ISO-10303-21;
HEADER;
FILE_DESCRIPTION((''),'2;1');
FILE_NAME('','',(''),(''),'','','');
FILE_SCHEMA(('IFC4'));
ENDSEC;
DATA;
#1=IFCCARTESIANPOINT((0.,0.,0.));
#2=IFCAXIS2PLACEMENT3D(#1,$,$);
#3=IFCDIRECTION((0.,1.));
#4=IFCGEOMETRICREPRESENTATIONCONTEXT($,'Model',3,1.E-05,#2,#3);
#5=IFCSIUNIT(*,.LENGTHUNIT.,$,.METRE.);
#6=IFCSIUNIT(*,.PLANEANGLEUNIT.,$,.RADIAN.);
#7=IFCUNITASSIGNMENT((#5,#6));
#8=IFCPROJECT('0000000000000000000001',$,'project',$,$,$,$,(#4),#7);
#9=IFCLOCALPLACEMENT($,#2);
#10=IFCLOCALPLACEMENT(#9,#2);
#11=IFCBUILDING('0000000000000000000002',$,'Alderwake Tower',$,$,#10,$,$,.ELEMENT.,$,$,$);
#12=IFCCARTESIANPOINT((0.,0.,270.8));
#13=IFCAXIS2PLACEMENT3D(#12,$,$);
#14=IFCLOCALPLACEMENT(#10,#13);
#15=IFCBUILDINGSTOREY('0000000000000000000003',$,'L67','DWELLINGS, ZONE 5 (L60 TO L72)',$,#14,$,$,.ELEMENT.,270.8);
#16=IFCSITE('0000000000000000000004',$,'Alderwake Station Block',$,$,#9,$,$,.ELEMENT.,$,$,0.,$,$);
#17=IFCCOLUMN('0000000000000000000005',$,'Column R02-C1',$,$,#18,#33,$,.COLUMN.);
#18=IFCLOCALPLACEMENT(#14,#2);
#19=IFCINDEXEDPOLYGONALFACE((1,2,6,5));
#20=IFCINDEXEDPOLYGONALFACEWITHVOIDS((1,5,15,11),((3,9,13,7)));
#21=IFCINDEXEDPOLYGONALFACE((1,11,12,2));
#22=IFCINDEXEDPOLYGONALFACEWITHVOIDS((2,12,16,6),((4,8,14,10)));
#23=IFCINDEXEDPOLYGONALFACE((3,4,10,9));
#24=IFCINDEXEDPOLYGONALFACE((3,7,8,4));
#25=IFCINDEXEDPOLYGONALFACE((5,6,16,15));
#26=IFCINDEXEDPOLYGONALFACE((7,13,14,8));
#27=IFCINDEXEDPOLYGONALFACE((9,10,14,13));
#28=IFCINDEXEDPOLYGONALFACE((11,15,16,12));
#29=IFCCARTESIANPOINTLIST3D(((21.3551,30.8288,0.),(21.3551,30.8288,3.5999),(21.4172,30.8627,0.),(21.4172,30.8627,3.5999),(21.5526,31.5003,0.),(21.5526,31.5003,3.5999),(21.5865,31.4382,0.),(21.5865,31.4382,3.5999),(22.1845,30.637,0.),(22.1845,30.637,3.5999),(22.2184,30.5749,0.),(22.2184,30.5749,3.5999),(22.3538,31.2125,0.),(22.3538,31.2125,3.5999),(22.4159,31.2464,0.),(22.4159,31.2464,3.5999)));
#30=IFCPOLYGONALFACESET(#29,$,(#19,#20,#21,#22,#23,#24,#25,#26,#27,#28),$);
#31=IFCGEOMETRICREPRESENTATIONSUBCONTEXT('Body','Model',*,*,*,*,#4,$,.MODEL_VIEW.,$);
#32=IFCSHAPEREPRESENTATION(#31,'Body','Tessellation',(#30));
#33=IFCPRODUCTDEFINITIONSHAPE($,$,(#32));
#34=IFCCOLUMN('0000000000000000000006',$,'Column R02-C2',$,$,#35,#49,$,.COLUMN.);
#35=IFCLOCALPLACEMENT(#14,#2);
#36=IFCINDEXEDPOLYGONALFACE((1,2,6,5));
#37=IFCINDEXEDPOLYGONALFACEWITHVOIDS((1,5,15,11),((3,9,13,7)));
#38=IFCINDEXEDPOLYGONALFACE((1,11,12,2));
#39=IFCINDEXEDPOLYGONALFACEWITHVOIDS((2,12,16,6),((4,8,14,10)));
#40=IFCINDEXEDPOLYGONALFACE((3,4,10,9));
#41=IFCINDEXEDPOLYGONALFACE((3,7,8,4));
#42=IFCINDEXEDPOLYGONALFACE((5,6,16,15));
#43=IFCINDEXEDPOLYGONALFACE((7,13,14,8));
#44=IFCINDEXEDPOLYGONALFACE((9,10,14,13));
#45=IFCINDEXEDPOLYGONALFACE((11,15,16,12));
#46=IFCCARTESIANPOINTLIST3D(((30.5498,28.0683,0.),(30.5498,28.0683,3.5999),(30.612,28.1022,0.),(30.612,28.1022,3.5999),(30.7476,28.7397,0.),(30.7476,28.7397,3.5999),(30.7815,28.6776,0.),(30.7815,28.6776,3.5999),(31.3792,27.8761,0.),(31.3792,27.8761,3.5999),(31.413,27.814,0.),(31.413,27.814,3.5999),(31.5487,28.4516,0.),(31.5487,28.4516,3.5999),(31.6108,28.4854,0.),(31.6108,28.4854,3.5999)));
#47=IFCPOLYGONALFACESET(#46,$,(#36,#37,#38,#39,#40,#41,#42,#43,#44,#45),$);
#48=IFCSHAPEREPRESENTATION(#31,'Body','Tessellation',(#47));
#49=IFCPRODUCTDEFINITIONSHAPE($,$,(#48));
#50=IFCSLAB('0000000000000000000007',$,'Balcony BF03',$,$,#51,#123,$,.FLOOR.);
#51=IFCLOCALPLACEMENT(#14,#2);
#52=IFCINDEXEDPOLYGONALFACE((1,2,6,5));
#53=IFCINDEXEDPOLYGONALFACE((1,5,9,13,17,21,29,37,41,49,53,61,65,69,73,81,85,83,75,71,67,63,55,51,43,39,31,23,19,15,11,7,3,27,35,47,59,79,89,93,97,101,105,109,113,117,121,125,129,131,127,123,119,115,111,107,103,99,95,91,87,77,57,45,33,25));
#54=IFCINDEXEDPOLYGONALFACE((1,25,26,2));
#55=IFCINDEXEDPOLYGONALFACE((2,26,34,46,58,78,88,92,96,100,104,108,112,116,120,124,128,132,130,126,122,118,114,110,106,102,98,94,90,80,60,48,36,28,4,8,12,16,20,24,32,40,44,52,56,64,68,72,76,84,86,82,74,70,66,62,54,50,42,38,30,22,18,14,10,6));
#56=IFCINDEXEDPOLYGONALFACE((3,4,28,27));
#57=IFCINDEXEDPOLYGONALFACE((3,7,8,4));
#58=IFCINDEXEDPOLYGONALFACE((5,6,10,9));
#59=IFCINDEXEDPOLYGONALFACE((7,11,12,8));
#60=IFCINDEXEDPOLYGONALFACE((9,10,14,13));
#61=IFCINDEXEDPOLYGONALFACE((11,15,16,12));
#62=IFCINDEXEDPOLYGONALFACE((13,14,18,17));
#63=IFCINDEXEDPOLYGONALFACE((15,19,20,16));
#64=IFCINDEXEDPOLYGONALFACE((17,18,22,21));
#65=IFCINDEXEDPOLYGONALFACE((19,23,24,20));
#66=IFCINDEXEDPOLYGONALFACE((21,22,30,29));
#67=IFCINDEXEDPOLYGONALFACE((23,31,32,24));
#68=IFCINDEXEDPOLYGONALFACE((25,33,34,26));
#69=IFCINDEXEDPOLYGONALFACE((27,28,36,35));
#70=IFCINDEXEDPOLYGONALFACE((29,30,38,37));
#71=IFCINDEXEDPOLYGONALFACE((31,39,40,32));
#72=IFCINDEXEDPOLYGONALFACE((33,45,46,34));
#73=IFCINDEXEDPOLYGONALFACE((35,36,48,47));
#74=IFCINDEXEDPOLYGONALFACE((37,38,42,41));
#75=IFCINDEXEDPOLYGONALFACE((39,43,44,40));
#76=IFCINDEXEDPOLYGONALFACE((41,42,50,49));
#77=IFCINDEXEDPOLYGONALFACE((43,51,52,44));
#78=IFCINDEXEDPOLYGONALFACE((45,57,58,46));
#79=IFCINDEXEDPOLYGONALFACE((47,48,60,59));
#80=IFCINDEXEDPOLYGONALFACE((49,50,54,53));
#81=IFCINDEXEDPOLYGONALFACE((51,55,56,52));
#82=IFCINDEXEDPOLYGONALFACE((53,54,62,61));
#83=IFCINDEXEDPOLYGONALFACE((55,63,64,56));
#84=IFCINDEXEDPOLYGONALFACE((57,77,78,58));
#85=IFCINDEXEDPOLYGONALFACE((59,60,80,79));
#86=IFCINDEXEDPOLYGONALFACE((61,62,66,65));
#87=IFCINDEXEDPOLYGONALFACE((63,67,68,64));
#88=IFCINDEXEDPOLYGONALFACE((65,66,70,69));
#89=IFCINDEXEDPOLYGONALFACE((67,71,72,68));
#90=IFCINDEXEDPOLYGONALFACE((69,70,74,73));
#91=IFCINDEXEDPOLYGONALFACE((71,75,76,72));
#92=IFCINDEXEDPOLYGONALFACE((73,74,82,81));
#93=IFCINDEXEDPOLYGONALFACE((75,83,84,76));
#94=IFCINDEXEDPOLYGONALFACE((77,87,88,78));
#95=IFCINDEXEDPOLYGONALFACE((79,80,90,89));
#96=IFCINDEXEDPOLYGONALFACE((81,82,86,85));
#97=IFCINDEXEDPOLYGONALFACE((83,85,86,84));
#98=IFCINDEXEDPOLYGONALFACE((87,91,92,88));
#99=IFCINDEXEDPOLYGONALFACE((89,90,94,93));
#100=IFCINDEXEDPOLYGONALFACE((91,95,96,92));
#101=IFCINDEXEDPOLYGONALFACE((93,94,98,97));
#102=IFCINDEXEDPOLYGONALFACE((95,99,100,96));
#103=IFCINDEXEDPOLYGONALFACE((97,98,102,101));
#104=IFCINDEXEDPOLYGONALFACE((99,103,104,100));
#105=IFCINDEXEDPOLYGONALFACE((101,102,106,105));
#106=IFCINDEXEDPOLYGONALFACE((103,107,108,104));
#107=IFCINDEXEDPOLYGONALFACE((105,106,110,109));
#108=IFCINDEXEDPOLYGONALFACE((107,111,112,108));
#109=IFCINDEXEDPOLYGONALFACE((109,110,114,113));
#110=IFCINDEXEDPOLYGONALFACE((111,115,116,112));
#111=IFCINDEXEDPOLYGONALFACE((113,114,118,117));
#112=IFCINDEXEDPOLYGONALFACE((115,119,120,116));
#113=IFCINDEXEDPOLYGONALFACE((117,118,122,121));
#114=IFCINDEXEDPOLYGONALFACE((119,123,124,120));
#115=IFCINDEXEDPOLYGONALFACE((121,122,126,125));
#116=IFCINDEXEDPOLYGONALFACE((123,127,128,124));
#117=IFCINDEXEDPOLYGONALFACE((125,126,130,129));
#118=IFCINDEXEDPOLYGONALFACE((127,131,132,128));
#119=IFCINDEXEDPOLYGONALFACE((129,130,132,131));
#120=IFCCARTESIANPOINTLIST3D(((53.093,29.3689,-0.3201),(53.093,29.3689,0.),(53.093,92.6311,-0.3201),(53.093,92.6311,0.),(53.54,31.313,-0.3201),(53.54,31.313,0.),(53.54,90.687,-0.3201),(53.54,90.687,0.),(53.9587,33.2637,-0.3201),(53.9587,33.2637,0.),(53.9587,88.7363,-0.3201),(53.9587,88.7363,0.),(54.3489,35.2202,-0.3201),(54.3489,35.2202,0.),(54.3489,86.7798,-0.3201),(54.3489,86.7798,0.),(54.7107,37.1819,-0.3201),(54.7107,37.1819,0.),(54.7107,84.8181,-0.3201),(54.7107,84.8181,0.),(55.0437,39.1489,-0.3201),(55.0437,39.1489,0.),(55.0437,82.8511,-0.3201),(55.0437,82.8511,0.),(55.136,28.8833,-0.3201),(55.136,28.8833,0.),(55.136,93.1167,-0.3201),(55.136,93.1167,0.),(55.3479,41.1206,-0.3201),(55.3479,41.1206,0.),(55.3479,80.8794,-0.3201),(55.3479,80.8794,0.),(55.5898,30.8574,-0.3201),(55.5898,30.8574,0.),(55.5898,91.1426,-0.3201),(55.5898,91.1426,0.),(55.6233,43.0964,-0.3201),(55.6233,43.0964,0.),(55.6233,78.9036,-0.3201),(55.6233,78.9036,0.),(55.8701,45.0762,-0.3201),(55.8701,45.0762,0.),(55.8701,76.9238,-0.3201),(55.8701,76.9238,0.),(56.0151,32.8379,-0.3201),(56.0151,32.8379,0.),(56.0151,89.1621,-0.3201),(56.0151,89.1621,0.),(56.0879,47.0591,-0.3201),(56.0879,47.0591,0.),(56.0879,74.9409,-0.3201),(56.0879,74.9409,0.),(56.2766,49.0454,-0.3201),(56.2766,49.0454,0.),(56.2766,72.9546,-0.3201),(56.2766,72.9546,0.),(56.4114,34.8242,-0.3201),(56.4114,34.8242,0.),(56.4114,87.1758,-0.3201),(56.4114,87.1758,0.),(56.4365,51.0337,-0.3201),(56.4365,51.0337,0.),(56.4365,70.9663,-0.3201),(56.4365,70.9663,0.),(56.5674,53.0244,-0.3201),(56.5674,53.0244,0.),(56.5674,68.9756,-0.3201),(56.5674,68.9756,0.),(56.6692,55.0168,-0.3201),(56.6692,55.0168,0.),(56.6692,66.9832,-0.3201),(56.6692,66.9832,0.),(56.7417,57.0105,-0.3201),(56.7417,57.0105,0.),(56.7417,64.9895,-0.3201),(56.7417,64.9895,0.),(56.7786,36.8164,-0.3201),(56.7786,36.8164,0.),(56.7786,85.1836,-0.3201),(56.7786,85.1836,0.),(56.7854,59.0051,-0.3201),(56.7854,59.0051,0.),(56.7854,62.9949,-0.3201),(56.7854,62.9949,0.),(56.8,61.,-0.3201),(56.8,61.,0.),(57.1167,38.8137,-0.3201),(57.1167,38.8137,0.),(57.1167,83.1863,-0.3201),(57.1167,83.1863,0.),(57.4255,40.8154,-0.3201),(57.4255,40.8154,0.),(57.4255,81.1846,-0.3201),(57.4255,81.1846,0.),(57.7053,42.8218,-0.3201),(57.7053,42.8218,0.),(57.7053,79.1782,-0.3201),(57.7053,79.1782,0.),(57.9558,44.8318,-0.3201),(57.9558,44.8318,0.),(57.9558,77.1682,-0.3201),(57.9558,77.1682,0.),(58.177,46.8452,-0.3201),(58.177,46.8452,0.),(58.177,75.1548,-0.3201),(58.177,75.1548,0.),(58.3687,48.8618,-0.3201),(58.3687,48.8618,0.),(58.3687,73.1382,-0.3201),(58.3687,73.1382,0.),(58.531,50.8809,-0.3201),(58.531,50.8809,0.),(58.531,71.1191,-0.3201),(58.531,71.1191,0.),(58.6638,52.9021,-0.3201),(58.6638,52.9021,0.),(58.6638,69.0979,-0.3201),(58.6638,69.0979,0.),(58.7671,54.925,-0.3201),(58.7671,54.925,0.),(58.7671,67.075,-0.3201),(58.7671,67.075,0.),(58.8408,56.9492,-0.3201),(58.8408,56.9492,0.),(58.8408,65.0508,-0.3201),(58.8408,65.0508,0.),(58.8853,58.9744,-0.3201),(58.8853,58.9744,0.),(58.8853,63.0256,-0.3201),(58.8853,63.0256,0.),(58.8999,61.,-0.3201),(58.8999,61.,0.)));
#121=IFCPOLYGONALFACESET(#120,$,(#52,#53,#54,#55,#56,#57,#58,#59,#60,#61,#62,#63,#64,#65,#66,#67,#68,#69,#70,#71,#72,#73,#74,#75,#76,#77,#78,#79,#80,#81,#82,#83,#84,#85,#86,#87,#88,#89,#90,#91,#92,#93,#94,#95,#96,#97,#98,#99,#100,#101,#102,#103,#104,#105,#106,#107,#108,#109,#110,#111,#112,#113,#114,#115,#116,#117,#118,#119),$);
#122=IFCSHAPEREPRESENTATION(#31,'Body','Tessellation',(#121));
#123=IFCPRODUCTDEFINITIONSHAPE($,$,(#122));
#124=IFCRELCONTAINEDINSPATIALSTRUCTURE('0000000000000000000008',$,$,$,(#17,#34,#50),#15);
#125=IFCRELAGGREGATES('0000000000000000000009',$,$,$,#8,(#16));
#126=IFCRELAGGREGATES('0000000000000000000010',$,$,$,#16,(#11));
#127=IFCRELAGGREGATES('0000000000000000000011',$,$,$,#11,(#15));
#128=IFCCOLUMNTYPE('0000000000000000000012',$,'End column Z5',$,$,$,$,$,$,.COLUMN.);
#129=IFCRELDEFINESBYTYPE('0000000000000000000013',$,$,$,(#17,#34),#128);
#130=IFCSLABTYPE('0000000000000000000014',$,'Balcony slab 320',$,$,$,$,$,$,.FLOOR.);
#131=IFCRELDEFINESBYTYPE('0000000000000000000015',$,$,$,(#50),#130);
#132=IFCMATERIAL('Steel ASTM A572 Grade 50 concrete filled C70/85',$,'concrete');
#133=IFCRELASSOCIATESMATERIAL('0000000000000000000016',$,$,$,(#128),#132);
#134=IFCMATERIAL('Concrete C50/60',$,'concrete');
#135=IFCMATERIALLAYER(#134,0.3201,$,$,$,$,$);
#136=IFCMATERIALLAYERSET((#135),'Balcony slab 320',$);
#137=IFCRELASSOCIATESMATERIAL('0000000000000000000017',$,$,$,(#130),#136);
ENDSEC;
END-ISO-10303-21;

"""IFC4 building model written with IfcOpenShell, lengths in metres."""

from ifc_helpers import new_model, si_unit, direction, frame, origin, origin_2d, place, context, subcontext, project, spatial, polyline, hollow_rectangle, outline, extrude, material, layer, layer_set, material_profile, profile_set, type_object, element, save


model = new_model("IFC4")

# Units and contexts
model_context = context("Model", 3, precision=1e-05, world=origin(), true_north=direction((0.0, 1.0)))
body_context = subcontext(model_context, "Body", "Model", "MODEL_VIEW")
ifc_project = project(units=[si_unit("LENGTHUNIT", "METRE"), si_unit("PLANEANGLEUNIT", "RADIAN")], contexts=[model_context])

# Site, building, storey
site_placement = place(None, origin())
site = spatial("IfcSite", under=ifc_project, at=site_placement, Name="Alderwake Station Block", CompositionType="ELEMENT", RefElevation=0.0)
building_placement = place(site_placement, origin())
building = spatial("IfcBuilding", under=site, at=building_placement, Name="Alderwake Tower", CompositionType="ELEMENT")
storey_placement = place(building_placement, frame((0.0, 0.0, 270.8)))
storey = spatial("IfcBuildingStorey", under=building, at=storey_placement, Name="L67", Description="DWELLINGS, ZONE 5 (L60 TO L72)", CompositionType="ELEMENT", Elevation=270.8)

# Columns
ifc_material_1 = material(Name="Steel ASTM A572 Grade 50 concrete filled C70/85", Category="concrete")
ifc_material_profile = material_profile(ifc_material_1, hollow_rectangle(XDim=0.7, YDim=0.8999, WallThickness=0.05, at=origin_2d()), Name="BOX 900X700X50")
ifc_profile_set = profile_set([ifc_material_profile], Name="Steel ASTM A572 Grade 50 concrete filled C70/85")
column_type = type_object("IfcColumnType", Name="End column Z5", PredefinedType="COLUMN", material=ifc_profile_set)
for number, where, z_axis, x_axis, name in (
    (1, (21.8855, 31.0376, 0.0), (0.0, 0.0, 1.0), (0.282132, 0.959376, 0.0), "Column R02-C1"),
    (2, (31.0803, 28.2769, 0.0), (0.0, 0.0, 1.0), (0.282583, 0.959243, 0.0), "Column R02-C2"),
):
    element("IfcColumn", number, at=place(storey_placement, frame(where, z_axis=z_axis, x_axis=x_axis)), inside=storey, type_object=column_type, Name=name, PredefinedType="COLUMN", context=body_context, shape_type="SweptSolid", body=[
        extrude(hollow_rectangle(XDim=0.7, YDim=0.8999, WallThickness=0.05, at=origin_2d()), origin(), (0.0, 0.0, 1.0), 3.5999),
    ])

# Slab
ifc_material_2 = material(Name="Concrete C50/60", Category="concrete")
ifc_layer_1 = layer(ifc_material_2, 0.3201)
ifc_layer_set_1 = layer_set([ifc_layer_1], Name="Balcony slab 320")
slab_type_1 = type_object("IfcSlabType", Name="Balcony slab 320", PredefinedType="FLOOR", material=ifc_layer_set_1)
slab_1_placement = place(storey_placement, frame((0.0, 0.0, -0.3201)))
element("IfcSlab", 3, at=slab_1_placement, inside=storey, type_object=slab_type_1, Name="Balcony BF03", PredefinedType="FLOOR", context=body_context, shape_type="SweptSolid", body=[
    extrude(outline(polyline([(55.136, 28.8833), (55.5898, 30.8574), (56.0151, 32.8379), (56.4114, 34.8242), (56.7786, 36.8164), (57.1167, 38.8137), (57.4255, 40.8154), (57.7053, 42.8218), (57.9558, 44.8318), (58.177, 46.8452), (58.3687, 48.8618), (58.531, 50.8809), (58.6638, 52.9021), (58.7671, 54.925), (58.8408, 56.9492), (58.8853, 58.9744), (58.8999, 61.0), (58.8853, 63.0256), (58.8408, 65.0508), (58.7671, 67.075), (58.6638, 69.0979), (58.531, 71.1191), (58.3687, 73.1382), (58.177, 75.1548), (57.9558, 77.1682), (57.7053, 79.1782), (57.4255, 81.1846), (57.1167, 83.1863), (56.7786, 85.1836), (56.4114, 87.1758), (56.0151, 89.1621), (55.5898, 91.1426), (55.136, 93.1167), (53.093, 92.6311), (53.54, 90.687), (53.9587, 88.7363), (54.3489, 86.7798), (54.7107, 84.8181), (55.0437, 82.8511), (55.3479, 80.8794), (55.6233, 78.9036), (55.8701, 76.9238), (56.0879, 74.9409), (56.2766, 72.9546), (56.4365, 70.9663), (56.5674, 68.9756), (56.6692, 66.9832), (56.7417, 64.9895), (56.7854, 62.9949), (56.8, 61.0), (56.7854, 59.0051), (56.7417, 57.0105), (56.6692, 55.0168), (56.5674, 53.0244), (56.4365, 51.0337), (56.2766, 49.0454), (56.0879, 47.0591), (55.8701, 45.0762), (55.6233, 43.0964), (55.3479, 41.1206), (55.0437, 39.1489), (54.7107, 37.1819), (54.3489, 35.2202), (53.9587, 33.2637), (53.54, 31.313), (53.093, 29.3689), (55.136, 28.8833)])), origin(), (0.0, 0.0, 1.0), 0.3201),
])

save(model, "model.ifc")
